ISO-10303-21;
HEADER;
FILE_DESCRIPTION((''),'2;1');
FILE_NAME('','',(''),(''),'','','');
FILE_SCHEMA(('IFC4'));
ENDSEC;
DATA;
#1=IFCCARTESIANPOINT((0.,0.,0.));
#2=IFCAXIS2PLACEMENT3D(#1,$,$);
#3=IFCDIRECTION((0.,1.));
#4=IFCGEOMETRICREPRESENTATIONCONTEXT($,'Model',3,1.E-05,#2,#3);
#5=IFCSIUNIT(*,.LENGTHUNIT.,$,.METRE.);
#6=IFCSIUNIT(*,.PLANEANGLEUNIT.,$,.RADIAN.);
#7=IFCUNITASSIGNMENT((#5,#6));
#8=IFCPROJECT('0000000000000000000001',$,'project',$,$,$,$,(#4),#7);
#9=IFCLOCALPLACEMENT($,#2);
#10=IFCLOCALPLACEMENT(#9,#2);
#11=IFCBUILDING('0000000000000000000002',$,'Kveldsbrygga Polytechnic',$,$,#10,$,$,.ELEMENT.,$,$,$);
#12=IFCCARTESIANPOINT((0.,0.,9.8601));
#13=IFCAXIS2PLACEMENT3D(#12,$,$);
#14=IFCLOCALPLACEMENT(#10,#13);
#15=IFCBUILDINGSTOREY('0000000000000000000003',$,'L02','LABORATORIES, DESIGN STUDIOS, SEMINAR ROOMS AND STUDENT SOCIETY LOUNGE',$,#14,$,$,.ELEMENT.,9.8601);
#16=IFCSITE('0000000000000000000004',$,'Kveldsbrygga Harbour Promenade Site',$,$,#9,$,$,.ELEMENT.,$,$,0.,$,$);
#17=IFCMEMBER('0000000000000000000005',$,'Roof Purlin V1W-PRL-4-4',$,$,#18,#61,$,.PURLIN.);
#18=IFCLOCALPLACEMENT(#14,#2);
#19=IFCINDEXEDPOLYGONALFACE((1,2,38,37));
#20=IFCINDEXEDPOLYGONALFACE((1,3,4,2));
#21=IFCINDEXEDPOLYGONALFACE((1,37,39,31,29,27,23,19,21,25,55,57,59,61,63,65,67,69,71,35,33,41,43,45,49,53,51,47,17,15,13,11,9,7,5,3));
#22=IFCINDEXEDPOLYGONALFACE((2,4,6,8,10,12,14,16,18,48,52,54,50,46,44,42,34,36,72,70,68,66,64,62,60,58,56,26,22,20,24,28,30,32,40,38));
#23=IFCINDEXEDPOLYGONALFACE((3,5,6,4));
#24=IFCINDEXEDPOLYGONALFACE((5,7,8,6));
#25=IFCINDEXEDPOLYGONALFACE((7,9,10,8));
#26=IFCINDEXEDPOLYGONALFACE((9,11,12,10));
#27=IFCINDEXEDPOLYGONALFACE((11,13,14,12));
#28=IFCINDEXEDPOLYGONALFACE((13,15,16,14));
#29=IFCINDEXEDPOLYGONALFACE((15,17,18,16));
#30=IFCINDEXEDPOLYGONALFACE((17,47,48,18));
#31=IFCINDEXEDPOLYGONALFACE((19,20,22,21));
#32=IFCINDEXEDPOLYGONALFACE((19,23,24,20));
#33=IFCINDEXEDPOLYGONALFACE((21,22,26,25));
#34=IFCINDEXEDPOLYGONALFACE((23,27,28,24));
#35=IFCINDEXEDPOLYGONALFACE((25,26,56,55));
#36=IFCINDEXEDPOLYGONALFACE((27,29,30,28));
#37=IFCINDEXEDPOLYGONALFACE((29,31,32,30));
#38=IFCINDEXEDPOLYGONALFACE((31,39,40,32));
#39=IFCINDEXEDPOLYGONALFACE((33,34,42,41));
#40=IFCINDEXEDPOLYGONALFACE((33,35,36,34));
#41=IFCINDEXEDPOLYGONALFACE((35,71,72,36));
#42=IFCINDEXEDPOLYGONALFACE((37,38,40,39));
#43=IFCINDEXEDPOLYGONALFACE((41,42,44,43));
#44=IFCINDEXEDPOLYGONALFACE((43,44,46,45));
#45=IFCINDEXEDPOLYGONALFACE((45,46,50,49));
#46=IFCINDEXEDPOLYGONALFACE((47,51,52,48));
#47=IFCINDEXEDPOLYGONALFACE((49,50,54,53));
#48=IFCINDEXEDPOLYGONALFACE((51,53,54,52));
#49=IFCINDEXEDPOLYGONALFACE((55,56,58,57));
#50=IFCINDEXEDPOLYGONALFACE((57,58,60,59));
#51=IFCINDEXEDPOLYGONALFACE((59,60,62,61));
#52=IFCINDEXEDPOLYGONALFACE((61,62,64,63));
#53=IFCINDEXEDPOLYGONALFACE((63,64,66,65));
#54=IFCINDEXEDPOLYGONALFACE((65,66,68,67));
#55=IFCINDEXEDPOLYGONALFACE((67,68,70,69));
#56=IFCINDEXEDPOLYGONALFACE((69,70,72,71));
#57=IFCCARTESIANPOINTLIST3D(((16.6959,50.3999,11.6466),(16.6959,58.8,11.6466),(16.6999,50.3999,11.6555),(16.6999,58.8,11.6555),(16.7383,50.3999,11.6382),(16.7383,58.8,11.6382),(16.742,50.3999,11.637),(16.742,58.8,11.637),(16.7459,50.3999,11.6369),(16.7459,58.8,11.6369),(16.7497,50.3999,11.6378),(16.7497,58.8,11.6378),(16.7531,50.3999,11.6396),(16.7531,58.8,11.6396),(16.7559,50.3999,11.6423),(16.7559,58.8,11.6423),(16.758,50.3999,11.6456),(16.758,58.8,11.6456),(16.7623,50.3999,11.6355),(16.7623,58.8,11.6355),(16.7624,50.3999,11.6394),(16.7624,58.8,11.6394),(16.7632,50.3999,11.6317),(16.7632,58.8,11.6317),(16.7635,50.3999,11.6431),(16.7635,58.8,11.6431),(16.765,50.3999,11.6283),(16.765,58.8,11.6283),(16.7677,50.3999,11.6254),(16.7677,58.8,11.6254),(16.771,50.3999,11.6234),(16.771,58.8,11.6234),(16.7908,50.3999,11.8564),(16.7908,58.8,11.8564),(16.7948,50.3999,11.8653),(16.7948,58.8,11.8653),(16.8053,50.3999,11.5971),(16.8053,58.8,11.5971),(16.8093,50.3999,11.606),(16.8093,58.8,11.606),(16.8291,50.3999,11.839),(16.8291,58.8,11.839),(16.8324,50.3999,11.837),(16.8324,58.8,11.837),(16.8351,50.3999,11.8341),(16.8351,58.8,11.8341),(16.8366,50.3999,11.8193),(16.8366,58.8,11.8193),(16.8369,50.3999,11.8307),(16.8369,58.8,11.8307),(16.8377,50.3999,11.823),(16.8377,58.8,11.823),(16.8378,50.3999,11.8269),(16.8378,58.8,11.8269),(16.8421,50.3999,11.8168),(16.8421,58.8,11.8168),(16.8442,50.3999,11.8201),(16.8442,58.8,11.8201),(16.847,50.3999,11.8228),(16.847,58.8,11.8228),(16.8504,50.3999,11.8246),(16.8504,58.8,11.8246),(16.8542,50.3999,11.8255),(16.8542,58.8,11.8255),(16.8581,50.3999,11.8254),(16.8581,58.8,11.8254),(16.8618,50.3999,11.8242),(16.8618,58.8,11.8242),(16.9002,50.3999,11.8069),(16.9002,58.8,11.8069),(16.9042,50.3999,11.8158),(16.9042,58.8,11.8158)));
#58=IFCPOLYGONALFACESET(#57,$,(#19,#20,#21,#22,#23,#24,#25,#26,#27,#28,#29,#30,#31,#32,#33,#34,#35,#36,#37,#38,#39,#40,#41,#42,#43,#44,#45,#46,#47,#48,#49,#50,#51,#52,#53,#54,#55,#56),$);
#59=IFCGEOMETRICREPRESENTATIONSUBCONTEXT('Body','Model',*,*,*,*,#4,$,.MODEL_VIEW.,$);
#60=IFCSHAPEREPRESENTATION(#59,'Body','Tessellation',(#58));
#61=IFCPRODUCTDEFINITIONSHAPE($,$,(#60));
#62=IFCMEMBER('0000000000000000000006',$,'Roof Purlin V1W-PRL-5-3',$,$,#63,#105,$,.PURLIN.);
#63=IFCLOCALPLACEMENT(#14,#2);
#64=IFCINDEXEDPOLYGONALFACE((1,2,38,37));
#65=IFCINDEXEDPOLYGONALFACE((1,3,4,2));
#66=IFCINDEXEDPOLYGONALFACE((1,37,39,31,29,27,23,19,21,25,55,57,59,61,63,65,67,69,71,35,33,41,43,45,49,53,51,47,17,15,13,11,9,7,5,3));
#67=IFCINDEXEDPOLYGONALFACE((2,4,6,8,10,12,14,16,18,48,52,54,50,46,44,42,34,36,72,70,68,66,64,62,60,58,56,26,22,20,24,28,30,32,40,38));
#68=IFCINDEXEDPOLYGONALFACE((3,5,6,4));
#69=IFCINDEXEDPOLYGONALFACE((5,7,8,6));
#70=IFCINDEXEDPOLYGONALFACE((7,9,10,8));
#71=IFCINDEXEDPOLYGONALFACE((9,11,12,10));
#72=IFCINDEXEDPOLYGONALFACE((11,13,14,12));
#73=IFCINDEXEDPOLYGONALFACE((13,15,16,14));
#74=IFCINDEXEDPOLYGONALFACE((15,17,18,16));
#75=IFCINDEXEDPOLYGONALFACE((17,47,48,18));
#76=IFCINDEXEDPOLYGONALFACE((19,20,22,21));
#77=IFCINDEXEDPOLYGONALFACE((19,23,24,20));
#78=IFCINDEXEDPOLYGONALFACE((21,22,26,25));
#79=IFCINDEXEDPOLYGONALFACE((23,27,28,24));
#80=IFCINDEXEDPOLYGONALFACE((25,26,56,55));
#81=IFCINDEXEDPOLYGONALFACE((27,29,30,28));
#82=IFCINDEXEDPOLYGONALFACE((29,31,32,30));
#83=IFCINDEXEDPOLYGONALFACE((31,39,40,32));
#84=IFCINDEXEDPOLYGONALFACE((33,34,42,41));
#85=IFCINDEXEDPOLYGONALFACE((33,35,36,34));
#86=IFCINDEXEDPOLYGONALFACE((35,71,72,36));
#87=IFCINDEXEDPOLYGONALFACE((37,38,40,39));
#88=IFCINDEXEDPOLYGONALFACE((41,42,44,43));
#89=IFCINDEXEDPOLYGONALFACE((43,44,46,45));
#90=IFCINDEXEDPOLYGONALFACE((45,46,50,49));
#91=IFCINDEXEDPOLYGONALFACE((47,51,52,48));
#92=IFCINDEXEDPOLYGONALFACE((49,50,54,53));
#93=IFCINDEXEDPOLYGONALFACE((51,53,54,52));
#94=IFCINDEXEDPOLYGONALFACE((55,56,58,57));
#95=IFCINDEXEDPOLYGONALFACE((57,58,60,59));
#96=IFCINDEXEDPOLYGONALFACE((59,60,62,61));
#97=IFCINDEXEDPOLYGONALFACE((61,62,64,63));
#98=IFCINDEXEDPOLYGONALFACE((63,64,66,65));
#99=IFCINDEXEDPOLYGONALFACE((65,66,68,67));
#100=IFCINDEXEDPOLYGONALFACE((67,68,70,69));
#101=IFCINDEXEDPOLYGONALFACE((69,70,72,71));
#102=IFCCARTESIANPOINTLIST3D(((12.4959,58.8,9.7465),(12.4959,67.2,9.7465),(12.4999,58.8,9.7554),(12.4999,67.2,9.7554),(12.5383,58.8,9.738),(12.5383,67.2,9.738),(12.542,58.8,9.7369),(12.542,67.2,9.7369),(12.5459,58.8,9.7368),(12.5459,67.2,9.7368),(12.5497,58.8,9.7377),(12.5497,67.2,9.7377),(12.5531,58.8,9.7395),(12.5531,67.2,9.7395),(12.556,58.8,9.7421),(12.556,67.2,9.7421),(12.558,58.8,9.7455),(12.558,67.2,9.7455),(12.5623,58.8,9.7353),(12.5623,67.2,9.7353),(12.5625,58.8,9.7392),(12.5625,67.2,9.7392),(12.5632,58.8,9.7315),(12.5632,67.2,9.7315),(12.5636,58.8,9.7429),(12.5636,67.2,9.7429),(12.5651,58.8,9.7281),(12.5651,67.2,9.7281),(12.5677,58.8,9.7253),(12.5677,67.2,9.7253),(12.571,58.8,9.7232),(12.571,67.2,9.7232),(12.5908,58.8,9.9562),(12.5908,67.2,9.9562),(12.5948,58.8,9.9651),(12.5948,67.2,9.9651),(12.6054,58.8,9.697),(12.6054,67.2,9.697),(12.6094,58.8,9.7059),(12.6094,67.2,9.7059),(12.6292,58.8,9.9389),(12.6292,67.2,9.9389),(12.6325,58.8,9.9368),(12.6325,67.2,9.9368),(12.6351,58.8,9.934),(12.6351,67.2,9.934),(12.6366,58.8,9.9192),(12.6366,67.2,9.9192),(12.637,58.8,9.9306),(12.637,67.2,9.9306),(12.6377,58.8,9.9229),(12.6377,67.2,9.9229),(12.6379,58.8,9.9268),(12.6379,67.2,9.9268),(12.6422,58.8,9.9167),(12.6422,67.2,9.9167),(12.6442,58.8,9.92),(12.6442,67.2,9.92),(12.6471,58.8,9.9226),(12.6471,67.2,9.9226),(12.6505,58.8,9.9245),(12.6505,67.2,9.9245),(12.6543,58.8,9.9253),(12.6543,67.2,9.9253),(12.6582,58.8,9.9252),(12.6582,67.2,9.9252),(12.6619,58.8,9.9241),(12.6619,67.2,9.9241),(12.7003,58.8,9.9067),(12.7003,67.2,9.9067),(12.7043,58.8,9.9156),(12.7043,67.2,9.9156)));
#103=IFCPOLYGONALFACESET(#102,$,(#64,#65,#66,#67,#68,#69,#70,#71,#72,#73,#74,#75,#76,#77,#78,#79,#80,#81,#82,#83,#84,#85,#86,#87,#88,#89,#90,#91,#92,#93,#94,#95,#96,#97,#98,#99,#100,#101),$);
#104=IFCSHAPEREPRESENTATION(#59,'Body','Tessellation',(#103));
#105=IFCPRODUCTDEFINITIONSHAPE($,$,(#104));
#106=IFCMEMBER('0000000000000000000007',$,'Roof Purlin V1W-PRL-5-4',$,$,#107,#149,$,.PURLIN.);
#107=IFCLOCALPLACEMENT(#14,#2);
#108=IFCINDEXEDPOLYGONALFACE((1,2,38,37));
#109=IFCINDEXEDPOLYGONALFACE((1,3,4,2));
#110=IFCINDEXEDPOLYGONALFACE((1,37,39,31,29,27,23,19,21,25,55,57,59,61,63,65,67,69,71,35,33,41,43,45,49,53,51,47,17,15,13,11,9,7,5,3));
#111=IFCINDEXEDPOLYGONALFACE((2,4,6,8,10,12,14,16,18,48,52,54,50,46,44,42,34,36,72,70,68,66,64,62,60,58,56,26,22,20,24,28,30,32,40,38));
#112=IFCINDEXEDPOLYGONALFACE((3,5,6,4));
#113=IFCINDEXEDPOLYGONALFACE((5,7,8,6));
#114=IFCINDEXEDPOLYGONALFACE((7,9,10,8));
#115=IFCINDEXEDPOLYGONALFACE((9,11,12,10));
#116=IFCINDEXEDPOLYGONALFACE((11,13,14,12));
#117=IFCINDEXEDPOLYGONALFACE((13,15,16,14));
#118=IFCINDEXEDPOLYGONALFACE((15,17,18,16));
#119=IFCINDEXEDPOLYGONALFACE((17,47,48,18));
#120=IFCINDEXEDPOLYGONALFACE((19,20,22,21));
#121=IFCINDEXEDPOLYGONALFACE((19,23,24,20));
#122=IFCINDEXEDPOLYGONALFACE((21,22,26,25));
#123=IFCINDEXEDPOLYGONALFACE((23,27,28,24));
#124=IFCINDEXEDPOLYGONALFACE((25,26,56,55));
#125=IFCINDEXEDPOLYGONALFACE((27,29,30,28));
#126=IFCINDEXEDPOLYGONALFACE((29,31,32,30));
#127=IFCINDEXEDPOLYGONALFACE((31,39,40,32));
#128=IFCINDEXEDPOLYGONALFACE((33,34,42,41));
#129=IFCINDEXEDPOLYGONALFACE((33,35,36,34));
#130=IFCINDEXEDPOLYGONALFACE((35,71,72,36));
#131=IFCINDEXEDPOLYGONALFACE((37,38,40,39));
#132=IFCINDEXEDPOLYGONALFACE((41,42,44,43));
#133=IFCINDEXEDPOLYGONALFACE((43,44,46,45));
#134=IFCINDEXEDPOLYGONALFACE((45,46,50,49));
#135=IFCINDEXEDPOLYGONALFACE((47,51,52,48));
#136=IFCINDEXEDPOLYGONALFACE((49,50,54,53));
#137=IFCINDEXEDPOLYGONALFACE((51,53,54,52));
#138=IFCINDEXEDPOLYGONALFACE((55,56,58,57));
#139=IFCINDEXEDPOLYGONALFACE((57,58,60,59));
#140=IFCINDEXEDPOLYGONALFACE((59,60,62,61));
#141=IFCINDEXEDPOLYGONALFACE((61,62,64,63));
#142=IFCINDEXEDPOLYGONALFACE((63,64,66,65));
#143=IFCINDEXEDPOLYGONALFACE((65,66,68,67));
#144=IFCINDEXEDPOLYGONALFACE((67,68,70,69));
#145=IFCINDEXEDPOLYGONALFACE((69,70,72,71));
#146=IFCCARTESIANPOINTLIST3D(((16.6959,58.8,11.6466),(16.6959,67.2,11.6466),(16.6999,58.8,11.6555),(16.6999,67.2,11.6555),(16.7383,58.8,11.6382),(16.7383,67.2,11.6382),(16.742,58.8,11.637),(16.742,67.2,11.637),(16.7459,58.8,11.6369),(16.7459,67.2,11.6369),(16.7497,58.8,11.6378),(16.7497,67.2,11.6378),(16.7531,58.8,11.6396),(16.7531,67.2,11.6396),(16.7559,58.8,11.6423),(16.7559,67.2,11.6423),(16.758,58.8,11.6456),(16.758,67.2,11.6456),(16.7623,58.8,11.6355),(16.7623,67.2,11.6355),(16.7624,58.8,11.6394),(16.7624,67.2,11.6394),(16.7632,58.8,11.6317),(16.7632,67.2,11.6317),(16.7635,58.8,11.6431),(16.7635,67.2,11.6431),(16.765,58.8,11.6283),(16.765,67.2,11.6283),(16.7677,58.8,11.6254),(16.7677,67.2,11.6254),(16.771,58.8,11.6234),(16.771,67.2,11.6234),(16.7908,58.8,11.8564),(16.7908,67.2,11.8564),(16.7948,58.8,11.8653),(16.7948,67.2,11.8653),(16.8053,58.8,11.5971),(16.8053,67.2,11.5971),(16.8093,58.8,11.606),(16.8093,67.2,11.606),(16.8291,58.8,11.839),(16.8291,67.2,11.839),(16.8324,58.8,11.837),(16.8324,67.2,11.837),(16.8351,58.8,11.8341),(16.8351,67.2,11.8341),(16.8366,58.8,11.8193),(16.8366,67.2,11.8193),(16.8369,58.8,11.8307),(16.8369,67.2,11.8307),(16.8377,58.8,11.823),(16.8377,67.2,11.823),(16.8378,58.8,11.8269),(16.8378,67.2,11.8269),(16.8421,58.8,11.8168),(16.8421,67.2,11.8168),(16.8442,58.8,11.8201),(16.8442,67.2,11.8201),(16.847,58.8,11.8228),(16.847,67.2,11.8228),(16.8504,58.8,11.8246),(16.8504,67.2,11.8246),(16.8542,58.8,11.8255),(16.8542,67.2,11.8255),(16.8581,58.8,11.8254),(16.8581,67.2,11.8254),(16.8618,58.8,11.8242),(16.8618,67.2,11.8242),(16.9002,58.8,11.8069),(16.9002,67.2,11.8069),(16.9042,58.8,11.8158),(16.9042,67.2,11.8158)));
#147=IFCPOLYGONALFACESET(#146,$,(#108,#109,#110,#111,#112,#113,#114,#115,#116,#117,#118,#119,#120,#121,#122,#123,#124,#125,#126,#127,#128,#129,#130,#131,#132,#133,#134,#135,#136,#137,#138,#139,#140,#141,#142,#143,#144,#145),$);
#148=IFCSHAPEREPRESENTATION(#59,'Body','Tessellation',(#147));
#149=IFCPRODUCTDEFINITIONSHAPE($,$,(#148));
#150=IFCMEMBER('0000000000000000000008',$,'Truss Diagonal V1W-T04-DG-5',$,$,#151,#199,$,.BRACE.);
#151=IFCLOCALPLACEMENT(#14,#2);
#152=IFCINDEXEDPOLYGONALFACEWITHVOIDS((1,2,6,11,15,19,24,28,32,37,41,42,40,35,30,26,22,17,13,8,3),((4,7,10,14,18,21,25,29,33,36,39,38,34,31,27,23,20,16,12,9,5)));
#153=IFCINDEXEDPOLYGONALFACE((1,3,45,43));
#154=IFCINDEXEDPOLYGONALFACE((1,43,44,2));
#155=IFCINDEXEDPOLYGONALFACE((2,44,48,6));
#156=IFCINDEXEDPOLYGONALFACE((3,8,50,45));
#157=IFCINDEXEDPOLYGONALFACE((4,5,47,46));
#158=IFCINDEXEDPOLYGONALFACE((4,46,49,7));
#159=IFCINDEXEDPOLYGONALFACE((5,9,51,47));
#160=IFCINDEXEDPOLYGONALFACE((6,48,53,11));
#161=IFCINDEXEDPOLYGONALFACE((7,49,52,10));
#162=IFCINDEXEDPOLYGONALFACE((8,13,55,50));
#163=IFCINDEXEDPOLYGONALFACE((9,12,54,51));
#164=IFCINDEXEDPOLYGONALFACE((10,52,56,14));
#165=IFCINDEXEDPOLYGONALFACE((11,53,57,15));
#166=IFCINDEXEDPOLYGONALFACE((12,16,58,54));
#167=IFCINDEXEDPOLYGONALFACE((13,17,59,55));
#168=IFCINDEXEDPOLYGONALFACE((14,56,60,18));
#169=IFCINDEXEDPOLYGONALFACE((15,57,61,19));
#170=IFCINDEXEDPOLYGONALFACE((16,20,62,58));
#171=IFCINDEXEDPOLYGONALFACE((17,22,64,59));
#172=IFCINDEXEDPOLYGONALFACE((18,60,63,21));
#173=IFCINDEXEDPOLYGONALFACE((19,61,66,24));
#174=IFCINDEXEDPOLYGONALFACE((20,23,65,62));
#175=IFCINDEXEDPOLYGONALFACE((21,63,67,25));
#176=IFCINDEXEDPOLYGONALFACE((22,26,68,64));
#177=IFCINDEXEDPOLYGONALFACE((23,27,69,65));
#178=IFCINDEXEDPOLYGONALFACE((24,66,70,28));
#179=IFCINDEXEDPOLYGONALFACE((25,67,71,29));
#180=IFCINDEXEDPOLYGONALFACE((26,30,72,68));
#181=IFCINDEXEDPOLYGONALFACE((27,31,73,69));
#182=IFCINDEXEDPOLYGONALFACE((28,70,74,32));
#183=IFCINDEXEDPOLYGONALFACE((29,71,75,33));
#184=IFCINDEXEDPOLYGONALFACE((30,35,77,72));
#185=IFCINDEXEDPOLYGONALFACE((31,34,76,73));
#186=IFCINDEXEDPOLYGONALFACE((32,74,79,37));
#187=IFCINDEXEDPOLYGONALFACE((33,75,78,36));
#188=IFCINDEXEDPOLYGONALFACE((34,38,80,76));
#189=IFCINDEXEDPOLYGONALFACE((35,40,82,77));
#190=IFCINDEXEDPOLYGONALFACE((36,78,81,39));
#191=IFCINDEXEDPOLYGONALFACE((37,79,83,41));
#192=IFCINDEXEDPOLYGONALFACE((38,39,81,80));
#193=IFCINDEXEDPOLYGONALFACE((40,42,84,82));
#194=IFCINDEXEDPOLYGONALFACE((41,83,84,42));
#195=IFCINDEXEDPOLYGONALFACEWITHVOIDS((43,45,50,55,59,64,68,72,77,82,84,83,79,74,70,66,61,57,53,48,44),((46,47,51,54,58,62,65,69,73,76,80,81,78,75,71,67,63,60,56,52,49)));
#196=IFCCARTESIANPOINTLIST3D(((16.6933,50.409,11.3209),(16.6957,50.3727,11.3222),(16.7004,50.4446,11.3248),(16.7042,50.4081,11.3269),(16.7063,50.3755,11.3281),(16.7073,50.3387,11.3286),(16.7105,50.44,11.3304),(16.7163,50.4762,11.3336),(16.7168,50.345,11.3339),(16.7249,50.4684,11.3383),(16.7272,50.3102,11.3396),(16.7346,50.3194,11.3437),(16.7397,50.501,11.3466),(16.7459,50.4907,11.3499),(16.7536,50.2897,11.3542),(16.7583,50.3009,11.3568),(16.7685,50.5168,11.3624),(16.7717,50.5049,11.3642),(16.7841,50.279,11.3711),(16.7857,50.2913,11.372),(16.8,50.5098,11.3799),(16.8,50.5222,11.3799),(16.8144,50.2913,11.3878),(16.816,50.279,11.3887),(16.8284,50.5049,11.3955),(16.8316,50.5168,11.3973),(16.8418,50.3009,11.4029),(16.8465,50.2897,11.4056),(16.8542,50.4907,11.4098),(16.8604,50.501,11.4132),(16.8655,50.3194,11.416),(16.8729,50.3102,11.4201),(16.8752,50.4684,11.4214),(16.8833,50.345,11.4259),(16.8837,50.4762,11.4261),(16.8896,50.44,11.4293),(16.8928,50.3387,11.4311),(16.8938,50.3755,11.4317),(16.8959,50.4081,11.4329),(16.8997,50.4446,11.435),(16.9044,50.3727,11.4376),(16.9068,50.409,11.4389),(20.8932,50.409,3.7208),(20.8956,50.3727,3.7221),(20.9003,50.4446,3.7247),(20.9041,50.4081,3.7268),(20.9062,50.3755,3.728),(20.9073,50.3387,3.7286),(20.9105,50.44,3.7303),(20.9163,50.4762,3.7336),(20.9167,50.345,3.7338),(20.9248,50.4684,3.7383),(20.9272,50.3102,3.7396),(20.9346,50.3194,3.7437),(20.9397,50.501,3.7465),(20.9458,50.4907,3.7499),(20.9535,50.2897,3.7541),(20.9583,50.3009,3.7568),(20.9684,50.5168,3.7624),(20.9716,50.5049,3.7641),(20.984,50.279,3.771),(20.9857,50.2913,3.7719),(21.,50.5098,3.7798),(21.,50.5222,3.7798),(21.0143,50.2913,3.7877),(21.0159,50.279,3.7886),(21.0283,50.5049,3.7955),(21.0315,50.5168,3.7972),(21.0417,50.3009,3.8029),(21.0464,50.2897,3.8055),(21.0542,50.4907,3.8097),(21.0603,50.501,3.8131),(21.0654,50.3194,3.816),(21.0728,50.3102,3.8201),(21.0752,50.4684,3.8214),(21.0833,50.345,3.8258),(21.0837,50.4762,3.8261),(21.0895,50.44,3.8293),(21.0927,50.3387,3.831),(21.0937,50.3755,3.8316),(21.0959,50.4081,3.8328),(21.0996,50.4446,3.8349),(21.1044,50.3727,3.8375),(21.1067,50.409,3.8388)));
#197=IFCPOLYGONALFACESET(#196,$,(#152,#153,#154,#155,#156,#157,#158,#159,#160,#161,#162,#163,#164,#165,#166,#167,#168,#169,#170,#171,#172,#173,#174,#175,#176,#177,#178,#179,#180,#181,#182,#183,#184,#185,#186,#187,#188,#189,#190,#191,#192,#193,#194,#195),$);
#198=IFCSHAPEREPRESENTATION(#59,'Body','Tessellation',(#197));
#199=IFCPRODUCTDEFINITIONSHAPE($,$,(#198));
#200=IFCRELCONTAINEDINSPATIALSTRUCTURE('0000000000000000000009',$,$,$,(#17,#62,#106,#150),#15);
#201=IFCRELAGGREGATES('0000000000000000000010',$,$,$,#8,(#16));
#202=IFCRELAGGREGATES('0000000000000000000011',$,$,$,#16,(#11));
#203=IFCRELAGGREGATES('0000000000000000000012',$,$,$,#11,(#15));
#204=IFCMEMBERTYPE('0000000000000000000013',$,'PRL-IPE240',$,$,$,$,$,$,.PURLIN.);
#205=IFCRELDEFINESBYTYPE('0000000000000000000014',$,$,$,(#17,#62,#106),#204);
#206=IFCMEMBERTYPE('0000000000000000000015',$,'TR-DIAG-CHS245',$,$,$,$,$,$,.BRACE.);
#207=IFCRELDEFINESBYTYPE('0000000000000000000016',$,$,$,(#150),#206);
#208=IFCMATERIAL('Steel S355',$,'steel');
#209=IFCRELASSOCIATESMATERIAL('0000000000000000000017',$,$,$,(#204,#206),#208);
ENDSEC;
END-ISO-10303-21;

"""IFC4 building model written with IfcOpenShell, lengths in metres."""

from ifc_helpers import new_model, si_unit, direction, frame, origin, origin_2d, place, context, subcontext, project, spatial, hollow_circle, i_section, extrude, material, material_profile, profile_set, type_object, element, save


model = new_model("IFC4")

# Units and contexts
model_context = context("Model", 3, precision=1e-05, world=origin(), true_north=direction((0.0, 1.0)))
body_context = subcontext(model_context, "Body", "Model", "MODEL_VIEW")
ifc_project = project(units=[si_unit("LENGTHUNIT", "METRE"), si_unit("PLANEANGLEUNIT", "RADIAN")], contexts=[model_context])

# Site, building, storey
site_placement = place(None, origin())
site = spatial("IfcSite", under=ifc_project, at=site_placement, Name="Kveldsbrygga Harbour Promenade Site", CompositionType="ELEMENT", RefElevation=0.0)
building_placement = place(site_placement, origin())
building = spatial("IfcBuilding", under=site, at=building_placement, Name="Kveldsbrygga Polytechnic", CompositionType="ELEMENT")
storey_placement = place(building_placement, frame((0.0, 0.0, 9.8601)))
storey = spatial("IfcBuildingStorey", under=building, at=storey_placement, Name="L02", Description="LABORATORIES, DESIGN STUDIOS, SEMINAR ROOMS AND STUDENT SOCIETY LOUNGE", CompositionType="ELEMENT", Elevation=9.8601)

# Members
ifc_material_1 = material(Name="Steel S355", Category="steel")
ifc_material_profile_1 = material_profile(ifc_material_1, i_section(OverallWidth=0.1201, OverallDepth=0.24, WebThickness=0.0061, FlangeThickness=0.0098, FilletRadius=0.0149, at=origin_2d()), Name="IPE 240")
ifc_profile_set_1 = profile_set([ifc_material_profile_1], Name="Steel S355")
member_type_1 = type_object("IfcMemberType", Name="PRL-IPE240", PredefinedType="PURLIN", material=ifc_profile_set_1)
member_1_placement = place(storey_placement, frame((16.8, 50.3999, 11.7312), z_axis=(0.0, 1.0, 0.0), x_axis=(-0.911108, 0.0, 0.412168)))
element("IfcMember", 1, at=member_1_placement, inside=storey, type_object=member_type_1, Name="Roof Purlin V1W-PRL-4-4", PredefinedType="PURLIN", context=body_context, shape_type="SweptSolid", body=[
    extrude(i_section(OverallWidth=0.1201, OverallDepth=0.24, WebThickness=0.0061, FlangeThickness=0.0098, FilletRadius=0.0149, at=origin_2d()), origin(), (0.0, 0.0, 1.0), 8.4001),
])
for number, where, z_axis, x_axis, name in (
    (2, (12.6001, 58.8, 9.8311), (0.0, 1.0, 0.0), (-0.911108, 0.0, 0.412168), "Roof Purlin V1W-PRL-5-3"),
    (3, (16.8, 58.8, 11.7312), (0.0, 1.0, 0.0), (-0.911108, 0.0, 0.412168), "Roof Purlin V1W-PRL-5-4"),
):
    element("IfcMember", number, at=place(storey_placement, frame(where, z_axis=z_axis, x_axis=x_axis)), inside=storey, type_object=member_type_1, Name=name, PredefinedType="PURLIN", context=body_context, shape_type="SweptSolid", body=[
        extrude(i_section(OverallWidth=0.1201, OverallDepth=0.24, WebThickness=0.0061, FlangeThickness=0.0098, FilletRadius=0.0149, at=origin_2d()), origin(), (0.0, 0.0, 1.0), 8.3999),
    ])
ifc_material_profile_2 = material_profile(ifc_material_1, hollow_circle(Radius=0.1223, WallThickness=0.0125, at=origin_2d()), Name="CHS 244.5x12.5")
ifc_profile_set_2 = profile_set([ifc_material_profile_2], Name="Steel S355")
member_type_2 = type_object("IfcMemberType", Name="TR-DIAG-CHS245", PredefinedType="BRACE", material=ifc_profile_set_2)
member_2_placement = place(storey_placement, frame((16.8, 50.3999, 11.3799), z_axis=(0.483677, 0.0, -0.875247), x_axis=(0.0, 1.0, 0.0)))
element("IfcMember", 4, at=member_2_placement, inside=storey, type_object=member_type_2, Name="Truss Diagonal V1W-T04-DG-5", PredefinedType="BRACE", context=body_context, shape_type="SweptSolid", body=[
    extrude(hollow_circle(Radius=0.1223, WallThickness=0.0125, at=origin_2d()), origin(), (0.0, 0.0, 1.0), 8.6833),
])

save(model, "model.ifc")
